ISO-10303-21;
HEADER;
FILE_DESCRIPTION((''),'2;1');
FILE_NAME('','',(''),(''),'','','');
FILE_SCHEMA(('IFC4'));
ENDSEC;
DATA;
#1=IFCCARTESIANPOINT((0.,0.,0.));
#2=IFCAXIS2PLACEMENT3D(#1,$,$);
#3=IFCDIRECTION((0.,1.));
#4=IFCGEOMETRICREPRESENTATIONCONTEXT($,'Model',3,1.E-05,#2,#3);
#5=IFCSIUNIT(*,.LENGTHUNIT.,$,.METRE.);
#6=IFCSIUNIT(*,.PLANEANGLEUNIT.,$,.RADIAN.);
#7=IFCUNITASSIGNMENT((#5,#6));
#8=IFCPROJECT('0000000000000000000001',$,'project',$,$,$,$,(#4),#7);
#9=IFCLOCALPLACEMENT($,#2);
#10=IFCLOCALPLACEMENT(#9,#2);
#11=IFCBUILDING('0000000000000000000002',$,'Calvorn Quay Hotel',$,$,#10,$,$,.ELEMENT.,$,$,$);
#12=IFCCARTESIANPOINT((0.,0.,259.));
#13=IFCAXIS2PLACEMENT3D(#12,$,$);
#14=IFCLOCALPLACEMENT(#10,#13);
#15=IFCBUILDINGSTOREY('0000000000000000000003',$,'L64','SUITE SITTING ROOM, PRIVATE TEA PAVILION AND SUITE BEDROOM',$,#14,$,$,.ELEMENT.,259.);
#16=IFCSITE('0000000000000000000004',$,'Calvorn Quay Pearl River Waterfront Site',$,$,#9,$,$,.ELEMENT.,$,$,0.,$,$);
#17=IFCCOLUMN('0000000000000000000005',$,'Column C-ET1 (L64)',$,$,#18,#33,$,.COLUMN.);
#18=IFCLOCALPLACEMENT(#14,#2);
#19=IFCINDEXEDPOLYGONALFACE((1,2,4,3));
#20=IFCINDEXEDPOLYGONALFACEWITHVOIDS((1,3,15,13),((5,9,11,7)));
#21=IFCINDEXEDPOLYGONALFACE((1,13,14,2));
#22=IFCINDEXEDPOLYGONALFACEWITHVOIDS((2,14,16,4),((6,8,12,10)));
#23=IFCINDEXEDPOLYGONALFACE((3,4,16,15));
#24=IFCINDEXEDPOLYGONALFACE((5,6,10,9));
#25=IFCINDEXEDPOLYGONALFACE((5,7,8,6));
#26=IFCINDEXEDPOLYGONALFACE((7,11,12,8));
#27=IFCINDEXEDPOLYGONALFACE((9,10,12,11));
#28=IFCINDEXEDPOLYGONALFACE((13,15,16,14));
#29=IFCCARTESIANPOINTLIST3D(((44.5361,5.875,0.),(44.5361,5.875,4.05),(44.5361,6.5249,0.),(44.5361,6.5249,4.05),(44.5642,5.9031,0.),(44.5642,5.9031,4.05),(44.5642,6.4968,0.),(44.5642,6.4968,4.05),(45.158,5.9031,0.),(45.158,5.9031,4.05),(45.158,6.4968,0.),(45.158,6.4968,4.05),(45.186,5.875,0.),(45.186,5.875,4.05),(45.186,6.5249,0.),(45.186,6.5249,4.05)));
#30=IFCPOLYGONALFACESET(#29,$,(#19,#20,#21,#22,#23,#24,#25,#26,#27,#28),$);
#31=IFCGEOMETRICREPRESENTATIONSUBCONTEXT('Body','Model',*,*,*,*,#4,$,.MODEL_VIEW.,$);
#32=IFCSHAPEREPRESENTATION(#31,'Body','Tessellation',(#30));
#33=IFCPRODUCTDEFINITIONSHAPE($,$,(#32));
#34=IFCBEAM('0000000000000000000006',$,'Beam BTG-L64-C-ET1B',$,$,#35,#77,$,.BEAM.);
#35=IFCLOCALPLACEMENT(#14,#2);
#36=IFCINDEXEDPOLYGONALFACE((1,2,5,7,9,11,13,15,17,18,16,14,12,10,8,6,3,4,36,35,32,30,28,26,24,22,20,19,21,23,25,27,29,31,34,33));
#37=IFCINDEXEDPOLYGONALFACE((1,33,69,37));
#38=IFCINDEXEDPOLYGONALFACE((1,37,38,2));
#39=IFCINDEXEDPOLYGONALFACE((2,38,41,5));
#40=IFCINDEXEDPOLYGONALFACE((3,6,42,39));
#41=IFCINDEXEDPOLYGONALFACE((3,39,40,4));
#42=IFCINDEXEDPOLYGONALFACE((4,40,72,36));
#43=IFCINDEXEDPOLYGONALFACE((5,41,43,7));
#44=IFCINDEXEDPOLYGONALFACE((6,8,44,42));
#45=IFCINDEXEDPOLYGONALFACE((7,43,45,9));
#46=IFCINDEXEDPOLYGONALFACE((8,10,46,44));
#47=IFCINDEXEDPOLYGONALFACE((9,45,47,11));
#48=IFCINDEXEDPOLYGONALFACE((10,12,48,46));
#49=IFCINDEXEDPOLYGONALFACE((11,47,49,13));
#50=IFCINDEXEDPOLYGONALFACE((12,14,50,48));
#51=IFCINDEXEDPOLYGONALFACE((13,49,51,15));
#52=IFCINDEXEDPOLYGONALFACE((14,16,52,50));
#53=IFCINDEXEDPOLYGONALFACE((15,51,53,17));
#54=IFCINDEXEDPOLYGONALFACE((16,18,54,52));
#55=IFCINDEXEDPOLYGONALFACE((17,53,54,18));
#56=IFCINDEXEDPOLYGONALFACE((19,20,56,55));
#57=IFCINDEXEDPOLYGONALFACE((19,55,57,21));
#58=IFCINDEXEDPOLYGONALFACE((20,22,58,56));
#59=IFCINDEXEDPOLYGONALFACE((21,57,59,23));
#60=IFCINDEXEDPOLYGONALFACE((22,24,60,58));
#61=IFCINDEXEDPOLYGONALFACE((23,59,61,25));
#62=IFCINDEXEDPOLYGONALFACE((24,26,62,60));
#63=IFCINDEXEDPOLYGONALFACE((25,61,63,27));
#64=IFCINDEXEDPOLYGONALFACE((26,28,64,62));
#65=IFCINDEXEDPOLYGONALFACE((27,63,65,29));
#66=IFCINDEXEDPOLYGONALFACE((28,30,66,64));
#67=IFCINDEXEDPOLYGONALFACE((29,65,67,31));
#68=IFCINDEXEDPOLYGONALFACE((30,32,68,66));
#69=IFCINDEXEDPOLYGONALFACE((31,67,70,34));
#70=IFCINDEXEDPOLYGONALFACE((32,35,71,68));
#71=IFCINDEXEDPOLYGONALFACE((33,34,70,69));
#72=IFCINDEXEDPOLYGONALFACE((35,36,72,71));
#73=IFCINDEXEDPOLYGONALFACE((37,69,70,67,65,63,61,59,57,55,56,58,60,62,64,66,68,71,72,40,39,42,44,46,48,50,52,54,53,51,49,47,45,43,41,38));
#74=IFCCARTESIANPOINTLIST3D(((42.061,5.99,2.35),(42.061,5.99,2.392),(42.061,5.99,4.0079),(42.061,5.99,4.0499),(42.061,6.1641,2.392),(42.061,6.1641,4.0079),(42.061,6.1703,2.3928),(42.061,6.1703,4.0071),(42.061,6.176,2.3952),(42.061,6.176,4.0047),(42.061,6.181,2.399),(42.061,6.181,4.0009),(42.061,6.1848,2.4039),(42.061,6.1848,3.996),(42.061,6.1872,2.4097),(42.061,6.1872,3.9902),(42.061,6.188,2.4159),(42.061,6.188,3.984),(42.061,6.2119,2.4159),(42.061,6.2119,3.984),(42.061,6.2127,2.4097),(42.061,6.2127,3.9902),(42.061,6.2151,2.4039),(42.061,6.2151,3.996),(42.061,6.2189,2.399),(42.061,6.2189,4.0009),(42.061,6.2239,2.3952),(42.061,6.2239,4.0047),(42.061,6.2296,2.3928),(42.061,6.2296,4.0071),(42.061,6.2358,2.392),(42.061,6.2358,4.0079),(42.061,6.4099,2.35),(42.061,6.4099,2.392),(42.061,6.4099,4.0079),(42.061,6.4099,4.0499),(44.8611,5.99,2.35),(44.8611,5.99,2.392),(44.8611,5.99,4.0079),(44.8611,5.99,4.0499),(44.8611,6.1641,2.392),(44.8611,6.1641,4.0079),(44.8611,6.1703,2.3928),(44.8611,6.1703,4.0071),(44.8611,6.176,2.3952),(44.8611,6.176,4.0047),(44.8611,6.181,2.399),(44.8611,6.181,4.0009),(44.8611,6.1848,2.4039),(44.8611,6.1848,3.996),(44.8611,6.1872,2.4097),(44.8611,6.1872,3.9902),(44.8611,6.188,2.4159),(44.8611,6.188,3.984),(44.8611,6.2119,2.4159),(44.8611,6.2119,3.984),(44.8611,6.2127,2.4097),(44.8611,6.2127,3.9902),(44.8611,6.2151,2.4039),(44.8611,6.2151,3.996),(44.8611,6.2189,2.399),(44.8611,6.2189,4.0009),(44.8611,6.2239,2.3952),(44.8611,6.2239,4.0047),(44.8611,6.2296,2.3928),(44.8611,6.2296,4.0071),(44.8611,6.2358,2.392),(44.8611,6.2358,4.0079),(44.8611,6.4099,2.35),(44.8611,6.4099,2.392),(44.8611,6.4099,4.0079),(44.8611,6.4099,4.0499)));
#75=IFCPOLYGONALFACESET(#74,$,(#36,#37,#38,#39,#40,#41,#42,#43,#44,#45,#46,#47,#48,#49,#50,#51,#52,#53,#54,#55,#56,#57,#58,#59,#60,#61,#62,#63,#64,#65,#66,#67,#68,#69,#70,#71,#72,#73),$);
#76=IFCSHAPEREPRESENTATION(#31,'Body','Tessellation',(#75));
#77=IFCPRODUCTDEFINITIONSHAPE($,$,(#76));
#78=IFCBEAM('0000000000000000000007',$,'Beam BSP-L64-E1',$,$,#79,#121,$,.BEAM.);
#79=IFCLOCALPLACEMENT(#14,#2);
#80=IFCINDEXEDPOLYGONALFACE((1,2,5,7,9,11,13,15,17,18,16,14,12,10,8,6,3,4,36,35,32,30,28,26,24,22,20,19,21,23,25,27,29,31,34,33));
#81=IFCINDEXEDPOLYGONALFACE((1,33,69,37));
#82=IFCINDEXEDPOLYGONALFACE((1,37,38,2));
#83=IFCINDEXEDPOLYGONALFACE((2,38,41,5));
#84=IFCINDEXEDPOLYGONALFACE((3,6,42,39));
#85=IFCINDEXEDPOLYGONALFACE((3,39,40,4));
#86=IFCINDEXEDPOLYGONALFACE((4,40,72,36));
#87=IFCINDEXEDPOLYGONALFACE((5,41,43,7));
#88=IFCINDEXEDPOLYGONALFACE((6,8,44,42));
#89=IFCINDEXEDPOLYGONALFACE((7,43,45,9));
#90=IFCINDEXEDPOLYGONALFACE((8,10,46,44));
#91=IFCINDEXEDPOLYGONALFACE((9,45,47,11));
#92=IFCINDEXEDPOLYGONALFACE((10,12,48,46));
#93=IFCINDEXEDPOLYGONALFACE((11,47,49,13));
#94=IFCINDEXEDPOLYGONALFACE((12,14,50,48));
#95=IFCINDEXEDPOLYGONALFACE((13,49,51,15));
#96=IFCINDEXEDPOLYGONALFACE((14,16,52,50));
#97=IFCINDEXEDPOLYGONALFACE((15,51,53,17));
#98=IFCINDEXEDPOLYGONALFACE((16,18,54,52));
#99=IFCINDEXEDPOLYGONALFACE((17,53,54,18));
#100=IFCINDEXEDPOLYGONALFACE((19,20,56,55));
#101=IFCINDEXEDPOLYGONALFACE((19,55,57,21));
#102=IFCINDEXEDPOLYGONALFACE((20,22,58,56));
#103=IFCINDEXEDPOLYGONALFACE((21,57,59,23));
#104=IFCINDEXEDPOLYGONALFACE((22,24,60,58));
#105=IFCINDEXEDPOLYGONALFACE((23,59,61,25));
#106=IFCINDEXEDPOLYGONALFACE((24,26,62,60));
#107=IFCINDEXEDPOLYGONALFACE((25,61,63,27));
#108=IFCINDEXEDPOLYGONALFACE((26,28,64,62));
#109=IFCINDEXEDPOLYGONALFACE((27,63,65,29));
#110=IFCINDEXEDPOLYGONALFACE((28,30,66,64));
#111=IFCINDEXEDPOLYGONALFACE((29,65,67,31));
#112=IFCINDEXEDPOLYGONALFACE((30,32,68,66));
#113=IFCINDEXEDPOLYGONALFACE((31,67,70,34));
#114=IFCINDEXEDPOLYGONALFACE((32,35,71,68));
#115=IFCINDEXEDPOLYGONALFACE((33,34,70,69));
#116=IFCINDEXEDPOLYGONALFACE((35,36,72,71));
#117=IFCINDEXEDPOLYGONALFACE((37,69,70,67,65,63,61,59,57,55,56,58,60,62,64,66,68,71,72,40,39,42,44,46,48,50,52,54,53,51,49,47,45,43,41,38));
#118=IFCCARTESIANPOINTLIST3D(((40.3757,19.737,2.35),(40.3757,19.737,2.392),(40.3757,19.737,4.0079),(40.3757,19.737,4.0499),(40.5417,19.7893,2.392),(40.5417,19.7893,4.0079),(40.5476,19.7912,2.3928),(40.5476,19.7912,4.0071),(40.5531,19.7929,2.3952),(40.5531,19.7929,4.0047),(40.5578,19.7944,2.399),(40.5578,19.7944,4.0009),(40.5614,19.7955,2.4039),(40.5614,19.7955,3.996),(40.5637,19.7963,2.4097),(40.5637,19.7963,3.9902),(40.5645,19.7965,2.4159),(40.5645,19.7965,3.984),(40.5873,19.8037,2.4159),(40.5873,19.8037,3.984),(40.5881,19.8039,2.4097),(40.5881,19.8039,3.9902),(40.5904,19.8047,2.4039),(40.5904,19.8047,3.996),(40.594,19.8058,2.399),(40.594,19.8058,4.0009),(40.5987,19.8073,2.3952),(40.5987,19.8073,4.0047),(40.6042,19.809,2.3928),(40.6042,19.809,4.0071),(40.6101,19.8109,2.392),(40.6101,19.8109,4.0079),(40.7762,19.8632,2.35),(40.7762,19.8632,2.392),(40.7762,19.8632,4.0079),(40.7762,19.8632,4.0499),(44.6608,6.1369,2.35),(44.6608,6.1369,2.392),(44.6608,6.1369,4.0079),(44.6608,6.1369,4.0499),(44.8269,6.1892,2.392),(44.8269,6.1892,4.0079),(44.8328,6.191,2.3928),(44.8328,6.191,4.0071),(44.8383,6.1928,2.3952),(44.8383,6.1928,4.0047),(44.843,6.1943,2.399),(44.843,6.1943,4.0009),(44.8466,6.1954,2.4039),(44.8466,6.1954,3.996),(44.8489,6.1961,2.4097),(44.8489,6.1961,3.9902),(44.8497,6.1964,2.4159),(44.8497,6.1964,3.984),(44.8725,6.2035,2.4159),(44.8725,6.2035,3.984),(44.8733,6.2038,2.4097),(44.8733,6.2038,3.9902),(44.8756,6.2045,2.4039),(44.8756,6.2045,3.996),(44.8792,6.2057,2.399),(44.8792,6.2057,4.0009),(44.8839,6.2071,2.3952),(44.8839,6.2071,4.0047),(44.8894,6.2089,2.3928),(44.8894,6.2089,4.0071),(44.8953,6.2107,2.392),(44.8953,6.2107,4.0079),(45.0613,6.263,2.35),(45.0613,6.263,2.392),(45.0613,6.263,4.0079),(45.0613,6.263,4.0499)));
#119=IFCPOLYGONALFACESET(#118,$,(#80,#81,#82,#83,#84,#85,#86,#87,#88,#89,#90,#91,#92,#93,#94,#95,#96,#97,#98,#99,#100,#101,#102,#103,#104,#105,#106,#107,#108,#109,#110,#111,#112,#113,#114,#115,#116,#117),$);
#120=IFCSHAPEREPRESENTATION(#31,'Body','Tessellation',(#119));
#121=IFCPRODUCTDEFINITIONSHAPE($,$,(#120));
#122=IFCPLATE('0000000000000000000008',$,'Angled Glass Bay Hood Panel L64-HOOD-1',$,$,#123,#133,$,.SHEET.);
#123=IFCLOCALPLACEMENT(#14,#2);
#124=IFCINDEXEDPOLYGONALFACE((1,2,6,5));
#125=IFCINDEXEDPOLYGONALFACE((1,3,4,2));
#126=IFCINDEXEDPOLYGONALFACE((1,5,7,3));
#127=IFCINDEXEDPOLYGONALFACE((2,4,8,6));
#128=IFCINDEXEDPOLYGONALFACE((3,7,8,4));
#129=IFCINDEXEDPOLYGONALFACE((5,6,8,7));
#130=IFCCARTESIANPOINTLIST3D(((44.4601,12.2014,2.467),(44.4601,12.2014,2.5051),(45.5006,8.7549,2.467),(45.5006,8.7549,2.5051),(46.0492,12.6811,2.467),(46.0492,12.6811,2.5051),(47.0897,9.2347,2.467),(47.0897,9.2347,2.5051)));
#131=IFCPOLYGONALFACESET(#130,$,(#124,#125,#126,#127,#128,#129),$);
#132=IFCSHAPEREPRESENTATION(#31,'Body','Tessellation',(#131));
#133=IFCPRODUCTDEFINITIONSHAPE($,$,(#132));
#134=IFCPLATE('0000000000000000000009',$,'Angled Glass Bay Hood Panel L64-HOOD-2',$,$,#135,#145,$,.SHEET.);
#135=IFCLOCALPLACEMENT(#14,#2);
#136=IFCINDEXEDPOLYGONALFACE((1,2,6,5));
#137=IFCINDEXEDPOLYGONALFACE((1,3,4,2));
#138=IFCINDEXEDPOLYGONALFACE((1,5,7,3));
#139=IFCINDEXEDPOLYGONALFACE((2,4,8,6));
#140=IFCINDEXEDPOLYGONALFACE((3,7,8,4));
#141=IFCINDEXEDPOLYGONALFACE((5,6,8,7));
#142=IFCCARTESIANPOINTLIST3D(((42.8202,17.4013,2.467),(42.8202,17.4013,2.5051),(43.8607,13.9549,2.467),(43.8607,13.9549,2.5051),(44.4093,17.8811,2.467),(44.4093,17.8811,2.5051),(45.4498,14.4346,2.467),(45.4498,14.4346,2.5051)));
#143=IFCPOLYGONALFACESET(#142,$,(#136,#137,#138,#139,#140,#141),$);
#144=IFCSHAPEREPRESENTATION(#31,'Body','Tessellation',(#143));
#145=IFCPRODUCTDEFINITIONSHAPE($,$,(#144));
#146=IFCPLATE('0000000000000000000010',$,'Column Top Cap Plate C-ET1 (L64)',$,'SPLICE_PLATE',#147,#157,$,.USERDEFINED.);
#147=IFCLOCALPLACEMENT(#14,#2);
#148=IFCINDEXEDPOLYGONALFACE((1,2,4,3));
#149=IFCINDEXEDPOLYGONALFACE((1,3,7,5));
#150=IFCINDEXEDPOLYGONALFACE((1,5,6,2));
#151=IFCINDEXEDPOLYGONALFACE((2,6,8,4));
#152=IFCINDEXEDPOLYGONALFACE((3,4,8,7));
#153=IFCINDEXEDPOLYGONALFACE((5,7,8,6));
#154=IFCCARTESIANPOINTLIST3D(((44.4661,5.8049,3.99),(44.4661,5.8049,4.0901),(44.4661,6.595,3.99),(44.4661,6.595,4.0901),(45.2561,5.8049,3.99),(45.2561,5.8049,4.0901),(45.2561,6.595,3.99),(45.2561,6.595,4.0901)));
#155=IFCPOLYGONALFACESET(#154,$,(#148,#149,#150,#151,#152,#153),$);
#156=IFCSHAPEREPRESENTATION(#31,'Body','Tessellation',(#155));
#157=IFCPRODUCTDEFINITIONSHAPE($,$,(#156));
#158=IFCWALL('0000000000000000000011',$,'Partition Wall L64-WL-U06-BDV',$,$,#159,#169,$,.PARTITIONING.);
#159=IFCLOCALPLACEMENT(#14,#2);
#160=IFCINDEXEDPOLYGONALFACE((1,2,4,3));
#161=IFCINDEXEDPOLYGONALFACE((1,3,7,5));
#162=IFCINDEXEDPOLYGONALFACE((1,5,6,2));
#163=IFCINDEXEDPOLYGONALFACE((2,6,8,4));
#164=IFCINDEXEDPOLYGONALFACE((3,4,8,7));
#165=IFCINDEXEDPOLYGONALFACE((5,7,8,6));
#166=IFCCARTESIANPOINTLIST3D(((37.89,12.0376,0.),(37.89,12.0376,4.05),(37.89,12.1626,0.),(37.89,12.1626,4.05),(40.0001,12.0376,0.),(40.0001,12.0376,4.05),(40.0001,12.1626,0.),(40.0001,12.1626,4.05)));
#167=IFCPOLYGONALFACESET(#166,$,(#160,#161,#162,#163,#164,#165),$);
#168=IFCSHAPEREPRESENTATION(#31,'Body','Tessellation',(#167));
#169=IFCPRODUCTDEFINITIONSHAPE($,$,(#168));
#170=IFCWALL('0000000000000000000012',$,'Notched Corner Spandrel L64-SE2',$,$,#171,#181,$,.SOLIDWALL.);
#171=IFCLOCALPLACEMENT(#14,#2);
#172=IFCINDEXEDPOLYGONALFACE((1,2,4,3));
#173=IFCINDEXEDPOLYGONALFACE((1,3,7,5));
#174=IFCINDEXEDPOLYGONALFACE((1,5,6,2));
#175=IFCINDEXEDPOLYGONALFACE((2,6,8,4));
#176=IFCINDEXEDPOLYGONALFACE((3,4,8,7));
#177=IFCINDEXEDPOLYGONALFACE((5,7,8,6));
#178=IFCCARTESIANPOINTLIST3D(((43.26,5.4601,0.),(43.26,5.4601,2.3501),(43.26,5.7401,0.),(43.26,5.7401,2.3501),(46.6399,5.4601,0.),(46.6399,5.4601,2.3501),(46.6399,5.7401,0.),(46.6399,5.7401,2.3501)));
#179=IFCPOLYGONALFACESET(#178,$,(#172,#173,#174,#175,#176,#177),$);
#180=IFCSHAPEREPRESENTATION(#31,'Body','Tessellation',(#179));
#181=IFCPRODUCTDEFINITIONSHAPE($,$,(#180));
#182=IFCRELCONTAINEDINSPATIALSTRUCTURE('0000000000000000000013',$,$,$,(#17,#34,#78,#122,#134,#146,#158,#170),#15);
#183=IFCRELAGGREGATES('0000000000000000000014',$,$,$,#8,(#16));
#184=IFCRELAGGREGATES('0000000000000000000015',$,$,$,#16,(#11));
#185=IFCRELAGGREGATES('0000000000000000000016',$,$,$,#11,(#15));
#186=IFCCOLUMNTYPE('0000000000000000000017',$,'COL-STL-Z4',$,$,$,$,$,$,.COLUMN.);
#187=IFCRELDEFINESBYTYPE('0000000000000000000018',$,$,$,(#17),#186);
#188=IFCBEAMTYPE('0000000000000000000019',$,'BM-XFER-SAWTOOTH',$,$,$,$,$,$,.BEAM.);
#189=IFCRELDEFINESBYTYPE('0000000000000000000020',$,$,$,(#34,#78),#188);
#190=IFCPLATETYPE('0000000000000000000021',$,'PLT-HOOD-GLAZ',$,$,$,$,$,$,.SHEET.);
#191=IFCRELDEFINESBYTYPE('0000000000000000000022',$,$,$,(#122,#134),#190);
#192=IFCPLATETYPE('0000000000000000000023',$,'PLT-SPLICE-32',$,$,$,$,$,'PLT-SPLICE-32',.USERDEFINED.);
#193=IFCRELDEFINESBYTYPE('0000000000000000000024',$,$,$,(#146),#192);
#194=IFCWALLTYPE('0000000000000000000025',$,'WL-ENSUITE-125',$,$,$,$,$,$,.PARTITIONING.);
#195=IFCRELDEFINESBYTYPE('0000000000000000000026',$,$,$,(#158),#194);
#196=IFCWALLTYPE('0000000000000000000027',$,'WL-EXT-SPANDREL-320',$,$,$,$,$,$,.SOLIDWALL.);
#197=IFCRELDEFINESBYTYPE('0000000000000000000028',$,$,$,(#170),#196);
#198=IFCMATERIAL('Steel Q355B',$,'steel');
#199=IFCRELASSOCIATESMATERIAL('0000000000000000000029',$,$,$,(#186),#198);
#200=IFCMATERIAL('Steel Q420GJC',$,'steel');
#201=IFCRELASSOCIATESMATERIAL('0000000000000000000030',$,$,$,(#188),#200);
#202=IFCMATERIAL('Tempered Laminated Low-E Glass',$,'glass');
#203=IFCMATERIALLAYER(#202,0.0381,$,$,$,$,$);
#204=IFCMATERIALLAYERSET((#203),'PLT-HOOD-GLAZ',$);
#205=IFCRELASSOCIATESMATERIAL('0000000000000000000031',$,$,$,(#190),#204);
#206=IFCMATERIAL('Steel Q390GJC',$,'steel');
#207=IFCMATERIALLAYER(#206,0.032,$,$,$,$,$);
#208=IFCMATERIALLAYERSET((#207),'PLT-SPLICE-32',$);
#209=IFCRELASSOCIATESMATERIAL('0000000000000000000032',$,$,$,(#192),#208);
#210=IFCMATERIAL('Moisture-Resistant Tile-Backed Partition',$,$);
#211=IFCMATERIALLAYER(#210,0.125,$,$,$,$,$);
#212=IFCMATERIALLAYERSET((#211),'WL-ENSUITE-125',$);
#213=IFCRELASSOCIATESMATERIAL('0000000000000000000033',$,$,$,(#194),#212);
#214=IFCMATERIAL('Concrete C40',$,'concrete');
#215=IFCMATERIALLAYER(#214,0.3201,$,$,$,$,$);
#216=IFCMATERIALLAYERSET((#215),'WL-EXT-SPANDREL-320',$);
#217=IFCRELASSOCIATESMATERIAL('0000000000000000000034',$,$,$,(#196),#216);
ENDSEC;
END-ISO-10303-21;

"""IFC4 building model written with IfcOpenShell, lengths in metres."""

from ifc_helpers import new_model, si_unit, direction, frame, frame_2d, origin, origin_2d, place, context, subcontext, project, spatial, rectangle, hollow_rectangle, i_section, extrude, material, layer, layer_set, material_profile, profile_set, type_object, element, save


model = new_model("IFC4")

# Units and contexts
model_context = context("Model", 3, precision=1e-05, world=origin(), true_north=direction((0.0, 1.0)))
body_context = subcontext(model_context, "Body", "Model", "MODEL_VIEW")
ifc_project = project(units=[si_unit("LENGTHUNIT", "METRE"), si_unit("PLANEANGLEUNIT", "RADIAN")], contexts=[model_context])

# Site, building, storey
site_placement = place(None, origin())
site = spatial("IfcSite", under=ifc_project, at=site_placement, Name="Calvorn Quay Pearl River Waterfront Site", CompositionType="ELEMENT", RefElevation=0.0)
building_placement = place(site_placement, origin())
building = spatial("IfcBuilding", under=site, at=building_placement, Name="Calvorn Quay Hotel", CompositionType="ELEMENT")
storey_placement = place(building_placement, frame((0.0, 0.0, 259.0)))
storey = spatial("IfcBuildingStorey", under=building, at=storey_placement, Name="L64", Description="SUITE SITTING ROOM, PRIVATE TEA PAVILION AND SUITE BEDROOM", CompositionType="ELEMENT", Elevation=259.0)

# Column
ifc_material_1 = material(Name="Steel Q355B", Category="steel")
ifc_material_profile_1 = material_profile(ifc_material_1, hollow_rectangle(XDim=0.6499, YDim=0.6499, WallThickness=0.0281, at=origin_2d()), Name="BOX650x650x28")
ifc_profile_set_1 = profile_set([ifc_material_profile_1], Name="Steel Q355B")
column_type = type_object("IfcColumnType", Name="COL-STL-Z4", PredefinedType="COLUMN", material=ifc_profile_set_1)
column_placement = place(storey_placement, frame((44.8611, 6.2, 0.0), z_axis=(0.0, 0.0, 1.0), x_axis=(1.0, 0.0, 0.0)))
element("IfcColumn", 1, at=column_placement, inside=storey, type_object=column_type, Name="Column C-ET1 (L64)", PredefinedType="COLUMN", context=body_context, shape_type="SweptSolid", body=[
    extrude(hollow_rectangle(XDim=0.6499, YDim=0.6499, WallThickness=0.0281, at=origin_2d()), origin(), (0.0, 0.0, 1.0), 4.05),
])

# Beams
ifc_material_2 = material(Name="Steel Q420GJC", Category="steel")
ifc_material_profile_2 = material_profile(ifc_material_2, i_section(OverallWidth=0.4199, OverallDepth=1.7, WebThickness=0.0239, FlangeThickness=0.042, FilletRadius=0.0239, at=origin_2d()), Name="HN1700x420x24x42")
ifc_profile_set_2 = profile_set([ifc_material_profile_2], Name="Steel Q420GJC")
beam_type = type_object("IfcBeamType", Name="BM-XFER-SAWTOOTH", PredefinedType="BEAM", material=ifc_profile_set_2)
beam_1_placement = place(storey_placement, frame((42.061, 6.2, 3.2), z_axis=(1.0, 0.0, 0.0), x_axis=(0.0, 1.0, 0.0)))
element("IfcBeam", 2, at=beam_1_placement, inside=storey, type_object=beam_type, Name="Beam BTG-L64-C-ET1B", PredefinedType="BEAM", context=body_context, shape_type="SweptSolid", body=[
    extrude(i_section(OverallWidth=0.4199, OverallDepth=1.7, WebThickness=0.0239, FlangeThickness=0.042, FilletRadius=0.0239, at=origin_2d()), origin(), (0.0, 0.0, 1.0), 2.8),
])
beam_2_placement = place(storey_placement, frame((44.8611, 6.2, 3.2), z_axis=(-0.300518, 0.953776, 0.0), x_axis=(-0.953776, -0.300518, 0.0)))
element("IfcBeam", 3, at=beam_2_placement, inside=storey, type_object=beam_type, Name="Beam BSP-L64-E1", PredefinedType="BEAM", context=body_context, shape_type="SweptSolid", body=[
    extrude(i_section(OverallWidth=0.4199, OverallDepth=1.7, WebThickness=0.0239, FlangeThickness=0.042, FilletRadius=0.0239, at=origin_2d()), origin(), (0.0, 0.0, 1.0), 14.2593),
])

# Plates
ifc_material_3 = material(Name="Tempered Laminated Low-E Glass", Category="glass")
ifc_layer_1 = layer(ifc_material_3, 0.0381)
ifc_layer_set_1 = layer_set([ifc_layer_1], Name="PLT-HOOD-GLAZ")
plate_type_1 = type_object("IfcPlateType", Name="PLT-HOOD-GLAZ", PredefinedType="SHEET", material=ifc_layer_set_1)
for number, where, z_axis, x_axis, name in (
    (4, (45.7749, 10.718, 2.467), (0.0, 0.0, 1.0), (0.957319, 0.289032, 0.0), "Angled Glass Bay Hood Panel L64-HOOD-1"),
    (5, (44.135, 15.918, 2.467), (0.0, 0.0, 1.0), (0.957319, 0.289032, 0.0), "Angled Glass Bay Hood Panel L64-HOOD-2"),
):
    element("IfcPlate", number, at=place(storey_placement, frame(where, z_axis=z_axis, x_axis=x_axis)), inside=storey, type_object=plate_type_1, Name=name, PredefinedType="SHEET", context=body_context, shape_type="SweptSolid", body=[
        extrude(rectangle(XDim=1.6599, YDim=3.6001, at=origin_2d()), origin(), (0.0, 0.0, 1.0), 0.0381),
    ])
ifc_material_4 = material(Name="Steel Q390GJC", Category="steel")
ifc_layer_2 = layer(ifc_material_4, 0.032)
ifc_layer_set_2 = layer_set([ifc_layer_2], Name="PLT-SPLICE-32")
plate_type_2 = type_object("IfcPlateType", Name="PLT-SPLICE-32", ElementType="PLT-SPLICE-32", PredefinedType="USERDEFINED", material=ifc_layer_set_2)
plate_placement = place(storey_placement, frame((44.8611, 6.2, 3.99), z_axis=(0.0, 0.0, 1.0), x_axis=(1.0, 0.0, 0.0)))
element("IfcPlate", 6, at=plate_placement, inside=storey, type_object=plate_type_2, Name="Column Top Cap Plate C-ET1 (L64)", ObjectType="SPLICE_PLATE", PredefinedType="USERDEFINED", context=body_context, shape_type="SweptSolid", body=[
    extrude(rectangle(XDim=0.79, YDim=0.79, at=origin_2d()), origin(), (0.0, 0.0, 1.0), 0.1001),
])

# Walls
ifc_material_5 = material(Name="Moisture-Resistant Tile-Backed Partition")
ifc_layer_3 = layer(ifc_material_5, 0.125)
ifc_layer_set_3 = layer_set([ifc_layer_3], Name="WL-ENSUITE-125")
wall_type_1 = type_object("IfcWallType", Name="WL-ENSUITE-125", PredefinedType="PARTITIONING", material=ifc_layer_set_3)
wall_1_placement = place(storey_placement, frame((37.8899, 12.1001, 0.0), z_axis=(0.0, 0.0, 1.0), x_axis=(1.0, 0.0, 0.0)))
element("IfcWall", 7, at=wall_1_placement, inside=storey, type_object=wall_type_1, Name="Partition Wall L64-WL-U06-BDV", PredefinedType="PARTITIONING", context=body_context, shape_type="SweptSolid", body=[
    extrude(rectangle(XDim=2.1101, YDim=0.125, at=frame_2d((1.0552, 0.0))), origin(), (0.0, 0.0, 1.0), 4.05),
])
ifc_material_6 = material(Name="Concrete C40", Category="concrete")
ifc_layer_4 = layer(ifc_material_6, 0.3201)
ifc_layer_set_4 = layer_set([ifc_layer_4], Name="WL-EXT-SPANDREL-320")
wall_type_2 = type_object("IfcWallType", Name="WL-EXT-SPANDREL-320", PredefinedType="SOLIDWALL", material=ifc_layer_set_4)
wall_2_placement = place(storey_placement, frame((43.26, 5.6001, 0.0), z_axis=(0.0, 0.0, 1.0), x_axis=(1.0, 0.0, 0.0)))
element("IfcWall", 8, at=wall_2_placement, inside=storey, type_object=wall_type_2, Name="Notched Corner Spandrel L64-SE2", PredefinedType="SOLIDWALL", context=body_context, shape_type="SweptSolid", body=[
    extrude(rectangle(XDim=3.3799, YDim=0.28, at=frame_2d((1.6899, 0.0))), origin(), (0.0, 0.0, 1.0), 2.3501),
])

save(model, "model.ifc")
